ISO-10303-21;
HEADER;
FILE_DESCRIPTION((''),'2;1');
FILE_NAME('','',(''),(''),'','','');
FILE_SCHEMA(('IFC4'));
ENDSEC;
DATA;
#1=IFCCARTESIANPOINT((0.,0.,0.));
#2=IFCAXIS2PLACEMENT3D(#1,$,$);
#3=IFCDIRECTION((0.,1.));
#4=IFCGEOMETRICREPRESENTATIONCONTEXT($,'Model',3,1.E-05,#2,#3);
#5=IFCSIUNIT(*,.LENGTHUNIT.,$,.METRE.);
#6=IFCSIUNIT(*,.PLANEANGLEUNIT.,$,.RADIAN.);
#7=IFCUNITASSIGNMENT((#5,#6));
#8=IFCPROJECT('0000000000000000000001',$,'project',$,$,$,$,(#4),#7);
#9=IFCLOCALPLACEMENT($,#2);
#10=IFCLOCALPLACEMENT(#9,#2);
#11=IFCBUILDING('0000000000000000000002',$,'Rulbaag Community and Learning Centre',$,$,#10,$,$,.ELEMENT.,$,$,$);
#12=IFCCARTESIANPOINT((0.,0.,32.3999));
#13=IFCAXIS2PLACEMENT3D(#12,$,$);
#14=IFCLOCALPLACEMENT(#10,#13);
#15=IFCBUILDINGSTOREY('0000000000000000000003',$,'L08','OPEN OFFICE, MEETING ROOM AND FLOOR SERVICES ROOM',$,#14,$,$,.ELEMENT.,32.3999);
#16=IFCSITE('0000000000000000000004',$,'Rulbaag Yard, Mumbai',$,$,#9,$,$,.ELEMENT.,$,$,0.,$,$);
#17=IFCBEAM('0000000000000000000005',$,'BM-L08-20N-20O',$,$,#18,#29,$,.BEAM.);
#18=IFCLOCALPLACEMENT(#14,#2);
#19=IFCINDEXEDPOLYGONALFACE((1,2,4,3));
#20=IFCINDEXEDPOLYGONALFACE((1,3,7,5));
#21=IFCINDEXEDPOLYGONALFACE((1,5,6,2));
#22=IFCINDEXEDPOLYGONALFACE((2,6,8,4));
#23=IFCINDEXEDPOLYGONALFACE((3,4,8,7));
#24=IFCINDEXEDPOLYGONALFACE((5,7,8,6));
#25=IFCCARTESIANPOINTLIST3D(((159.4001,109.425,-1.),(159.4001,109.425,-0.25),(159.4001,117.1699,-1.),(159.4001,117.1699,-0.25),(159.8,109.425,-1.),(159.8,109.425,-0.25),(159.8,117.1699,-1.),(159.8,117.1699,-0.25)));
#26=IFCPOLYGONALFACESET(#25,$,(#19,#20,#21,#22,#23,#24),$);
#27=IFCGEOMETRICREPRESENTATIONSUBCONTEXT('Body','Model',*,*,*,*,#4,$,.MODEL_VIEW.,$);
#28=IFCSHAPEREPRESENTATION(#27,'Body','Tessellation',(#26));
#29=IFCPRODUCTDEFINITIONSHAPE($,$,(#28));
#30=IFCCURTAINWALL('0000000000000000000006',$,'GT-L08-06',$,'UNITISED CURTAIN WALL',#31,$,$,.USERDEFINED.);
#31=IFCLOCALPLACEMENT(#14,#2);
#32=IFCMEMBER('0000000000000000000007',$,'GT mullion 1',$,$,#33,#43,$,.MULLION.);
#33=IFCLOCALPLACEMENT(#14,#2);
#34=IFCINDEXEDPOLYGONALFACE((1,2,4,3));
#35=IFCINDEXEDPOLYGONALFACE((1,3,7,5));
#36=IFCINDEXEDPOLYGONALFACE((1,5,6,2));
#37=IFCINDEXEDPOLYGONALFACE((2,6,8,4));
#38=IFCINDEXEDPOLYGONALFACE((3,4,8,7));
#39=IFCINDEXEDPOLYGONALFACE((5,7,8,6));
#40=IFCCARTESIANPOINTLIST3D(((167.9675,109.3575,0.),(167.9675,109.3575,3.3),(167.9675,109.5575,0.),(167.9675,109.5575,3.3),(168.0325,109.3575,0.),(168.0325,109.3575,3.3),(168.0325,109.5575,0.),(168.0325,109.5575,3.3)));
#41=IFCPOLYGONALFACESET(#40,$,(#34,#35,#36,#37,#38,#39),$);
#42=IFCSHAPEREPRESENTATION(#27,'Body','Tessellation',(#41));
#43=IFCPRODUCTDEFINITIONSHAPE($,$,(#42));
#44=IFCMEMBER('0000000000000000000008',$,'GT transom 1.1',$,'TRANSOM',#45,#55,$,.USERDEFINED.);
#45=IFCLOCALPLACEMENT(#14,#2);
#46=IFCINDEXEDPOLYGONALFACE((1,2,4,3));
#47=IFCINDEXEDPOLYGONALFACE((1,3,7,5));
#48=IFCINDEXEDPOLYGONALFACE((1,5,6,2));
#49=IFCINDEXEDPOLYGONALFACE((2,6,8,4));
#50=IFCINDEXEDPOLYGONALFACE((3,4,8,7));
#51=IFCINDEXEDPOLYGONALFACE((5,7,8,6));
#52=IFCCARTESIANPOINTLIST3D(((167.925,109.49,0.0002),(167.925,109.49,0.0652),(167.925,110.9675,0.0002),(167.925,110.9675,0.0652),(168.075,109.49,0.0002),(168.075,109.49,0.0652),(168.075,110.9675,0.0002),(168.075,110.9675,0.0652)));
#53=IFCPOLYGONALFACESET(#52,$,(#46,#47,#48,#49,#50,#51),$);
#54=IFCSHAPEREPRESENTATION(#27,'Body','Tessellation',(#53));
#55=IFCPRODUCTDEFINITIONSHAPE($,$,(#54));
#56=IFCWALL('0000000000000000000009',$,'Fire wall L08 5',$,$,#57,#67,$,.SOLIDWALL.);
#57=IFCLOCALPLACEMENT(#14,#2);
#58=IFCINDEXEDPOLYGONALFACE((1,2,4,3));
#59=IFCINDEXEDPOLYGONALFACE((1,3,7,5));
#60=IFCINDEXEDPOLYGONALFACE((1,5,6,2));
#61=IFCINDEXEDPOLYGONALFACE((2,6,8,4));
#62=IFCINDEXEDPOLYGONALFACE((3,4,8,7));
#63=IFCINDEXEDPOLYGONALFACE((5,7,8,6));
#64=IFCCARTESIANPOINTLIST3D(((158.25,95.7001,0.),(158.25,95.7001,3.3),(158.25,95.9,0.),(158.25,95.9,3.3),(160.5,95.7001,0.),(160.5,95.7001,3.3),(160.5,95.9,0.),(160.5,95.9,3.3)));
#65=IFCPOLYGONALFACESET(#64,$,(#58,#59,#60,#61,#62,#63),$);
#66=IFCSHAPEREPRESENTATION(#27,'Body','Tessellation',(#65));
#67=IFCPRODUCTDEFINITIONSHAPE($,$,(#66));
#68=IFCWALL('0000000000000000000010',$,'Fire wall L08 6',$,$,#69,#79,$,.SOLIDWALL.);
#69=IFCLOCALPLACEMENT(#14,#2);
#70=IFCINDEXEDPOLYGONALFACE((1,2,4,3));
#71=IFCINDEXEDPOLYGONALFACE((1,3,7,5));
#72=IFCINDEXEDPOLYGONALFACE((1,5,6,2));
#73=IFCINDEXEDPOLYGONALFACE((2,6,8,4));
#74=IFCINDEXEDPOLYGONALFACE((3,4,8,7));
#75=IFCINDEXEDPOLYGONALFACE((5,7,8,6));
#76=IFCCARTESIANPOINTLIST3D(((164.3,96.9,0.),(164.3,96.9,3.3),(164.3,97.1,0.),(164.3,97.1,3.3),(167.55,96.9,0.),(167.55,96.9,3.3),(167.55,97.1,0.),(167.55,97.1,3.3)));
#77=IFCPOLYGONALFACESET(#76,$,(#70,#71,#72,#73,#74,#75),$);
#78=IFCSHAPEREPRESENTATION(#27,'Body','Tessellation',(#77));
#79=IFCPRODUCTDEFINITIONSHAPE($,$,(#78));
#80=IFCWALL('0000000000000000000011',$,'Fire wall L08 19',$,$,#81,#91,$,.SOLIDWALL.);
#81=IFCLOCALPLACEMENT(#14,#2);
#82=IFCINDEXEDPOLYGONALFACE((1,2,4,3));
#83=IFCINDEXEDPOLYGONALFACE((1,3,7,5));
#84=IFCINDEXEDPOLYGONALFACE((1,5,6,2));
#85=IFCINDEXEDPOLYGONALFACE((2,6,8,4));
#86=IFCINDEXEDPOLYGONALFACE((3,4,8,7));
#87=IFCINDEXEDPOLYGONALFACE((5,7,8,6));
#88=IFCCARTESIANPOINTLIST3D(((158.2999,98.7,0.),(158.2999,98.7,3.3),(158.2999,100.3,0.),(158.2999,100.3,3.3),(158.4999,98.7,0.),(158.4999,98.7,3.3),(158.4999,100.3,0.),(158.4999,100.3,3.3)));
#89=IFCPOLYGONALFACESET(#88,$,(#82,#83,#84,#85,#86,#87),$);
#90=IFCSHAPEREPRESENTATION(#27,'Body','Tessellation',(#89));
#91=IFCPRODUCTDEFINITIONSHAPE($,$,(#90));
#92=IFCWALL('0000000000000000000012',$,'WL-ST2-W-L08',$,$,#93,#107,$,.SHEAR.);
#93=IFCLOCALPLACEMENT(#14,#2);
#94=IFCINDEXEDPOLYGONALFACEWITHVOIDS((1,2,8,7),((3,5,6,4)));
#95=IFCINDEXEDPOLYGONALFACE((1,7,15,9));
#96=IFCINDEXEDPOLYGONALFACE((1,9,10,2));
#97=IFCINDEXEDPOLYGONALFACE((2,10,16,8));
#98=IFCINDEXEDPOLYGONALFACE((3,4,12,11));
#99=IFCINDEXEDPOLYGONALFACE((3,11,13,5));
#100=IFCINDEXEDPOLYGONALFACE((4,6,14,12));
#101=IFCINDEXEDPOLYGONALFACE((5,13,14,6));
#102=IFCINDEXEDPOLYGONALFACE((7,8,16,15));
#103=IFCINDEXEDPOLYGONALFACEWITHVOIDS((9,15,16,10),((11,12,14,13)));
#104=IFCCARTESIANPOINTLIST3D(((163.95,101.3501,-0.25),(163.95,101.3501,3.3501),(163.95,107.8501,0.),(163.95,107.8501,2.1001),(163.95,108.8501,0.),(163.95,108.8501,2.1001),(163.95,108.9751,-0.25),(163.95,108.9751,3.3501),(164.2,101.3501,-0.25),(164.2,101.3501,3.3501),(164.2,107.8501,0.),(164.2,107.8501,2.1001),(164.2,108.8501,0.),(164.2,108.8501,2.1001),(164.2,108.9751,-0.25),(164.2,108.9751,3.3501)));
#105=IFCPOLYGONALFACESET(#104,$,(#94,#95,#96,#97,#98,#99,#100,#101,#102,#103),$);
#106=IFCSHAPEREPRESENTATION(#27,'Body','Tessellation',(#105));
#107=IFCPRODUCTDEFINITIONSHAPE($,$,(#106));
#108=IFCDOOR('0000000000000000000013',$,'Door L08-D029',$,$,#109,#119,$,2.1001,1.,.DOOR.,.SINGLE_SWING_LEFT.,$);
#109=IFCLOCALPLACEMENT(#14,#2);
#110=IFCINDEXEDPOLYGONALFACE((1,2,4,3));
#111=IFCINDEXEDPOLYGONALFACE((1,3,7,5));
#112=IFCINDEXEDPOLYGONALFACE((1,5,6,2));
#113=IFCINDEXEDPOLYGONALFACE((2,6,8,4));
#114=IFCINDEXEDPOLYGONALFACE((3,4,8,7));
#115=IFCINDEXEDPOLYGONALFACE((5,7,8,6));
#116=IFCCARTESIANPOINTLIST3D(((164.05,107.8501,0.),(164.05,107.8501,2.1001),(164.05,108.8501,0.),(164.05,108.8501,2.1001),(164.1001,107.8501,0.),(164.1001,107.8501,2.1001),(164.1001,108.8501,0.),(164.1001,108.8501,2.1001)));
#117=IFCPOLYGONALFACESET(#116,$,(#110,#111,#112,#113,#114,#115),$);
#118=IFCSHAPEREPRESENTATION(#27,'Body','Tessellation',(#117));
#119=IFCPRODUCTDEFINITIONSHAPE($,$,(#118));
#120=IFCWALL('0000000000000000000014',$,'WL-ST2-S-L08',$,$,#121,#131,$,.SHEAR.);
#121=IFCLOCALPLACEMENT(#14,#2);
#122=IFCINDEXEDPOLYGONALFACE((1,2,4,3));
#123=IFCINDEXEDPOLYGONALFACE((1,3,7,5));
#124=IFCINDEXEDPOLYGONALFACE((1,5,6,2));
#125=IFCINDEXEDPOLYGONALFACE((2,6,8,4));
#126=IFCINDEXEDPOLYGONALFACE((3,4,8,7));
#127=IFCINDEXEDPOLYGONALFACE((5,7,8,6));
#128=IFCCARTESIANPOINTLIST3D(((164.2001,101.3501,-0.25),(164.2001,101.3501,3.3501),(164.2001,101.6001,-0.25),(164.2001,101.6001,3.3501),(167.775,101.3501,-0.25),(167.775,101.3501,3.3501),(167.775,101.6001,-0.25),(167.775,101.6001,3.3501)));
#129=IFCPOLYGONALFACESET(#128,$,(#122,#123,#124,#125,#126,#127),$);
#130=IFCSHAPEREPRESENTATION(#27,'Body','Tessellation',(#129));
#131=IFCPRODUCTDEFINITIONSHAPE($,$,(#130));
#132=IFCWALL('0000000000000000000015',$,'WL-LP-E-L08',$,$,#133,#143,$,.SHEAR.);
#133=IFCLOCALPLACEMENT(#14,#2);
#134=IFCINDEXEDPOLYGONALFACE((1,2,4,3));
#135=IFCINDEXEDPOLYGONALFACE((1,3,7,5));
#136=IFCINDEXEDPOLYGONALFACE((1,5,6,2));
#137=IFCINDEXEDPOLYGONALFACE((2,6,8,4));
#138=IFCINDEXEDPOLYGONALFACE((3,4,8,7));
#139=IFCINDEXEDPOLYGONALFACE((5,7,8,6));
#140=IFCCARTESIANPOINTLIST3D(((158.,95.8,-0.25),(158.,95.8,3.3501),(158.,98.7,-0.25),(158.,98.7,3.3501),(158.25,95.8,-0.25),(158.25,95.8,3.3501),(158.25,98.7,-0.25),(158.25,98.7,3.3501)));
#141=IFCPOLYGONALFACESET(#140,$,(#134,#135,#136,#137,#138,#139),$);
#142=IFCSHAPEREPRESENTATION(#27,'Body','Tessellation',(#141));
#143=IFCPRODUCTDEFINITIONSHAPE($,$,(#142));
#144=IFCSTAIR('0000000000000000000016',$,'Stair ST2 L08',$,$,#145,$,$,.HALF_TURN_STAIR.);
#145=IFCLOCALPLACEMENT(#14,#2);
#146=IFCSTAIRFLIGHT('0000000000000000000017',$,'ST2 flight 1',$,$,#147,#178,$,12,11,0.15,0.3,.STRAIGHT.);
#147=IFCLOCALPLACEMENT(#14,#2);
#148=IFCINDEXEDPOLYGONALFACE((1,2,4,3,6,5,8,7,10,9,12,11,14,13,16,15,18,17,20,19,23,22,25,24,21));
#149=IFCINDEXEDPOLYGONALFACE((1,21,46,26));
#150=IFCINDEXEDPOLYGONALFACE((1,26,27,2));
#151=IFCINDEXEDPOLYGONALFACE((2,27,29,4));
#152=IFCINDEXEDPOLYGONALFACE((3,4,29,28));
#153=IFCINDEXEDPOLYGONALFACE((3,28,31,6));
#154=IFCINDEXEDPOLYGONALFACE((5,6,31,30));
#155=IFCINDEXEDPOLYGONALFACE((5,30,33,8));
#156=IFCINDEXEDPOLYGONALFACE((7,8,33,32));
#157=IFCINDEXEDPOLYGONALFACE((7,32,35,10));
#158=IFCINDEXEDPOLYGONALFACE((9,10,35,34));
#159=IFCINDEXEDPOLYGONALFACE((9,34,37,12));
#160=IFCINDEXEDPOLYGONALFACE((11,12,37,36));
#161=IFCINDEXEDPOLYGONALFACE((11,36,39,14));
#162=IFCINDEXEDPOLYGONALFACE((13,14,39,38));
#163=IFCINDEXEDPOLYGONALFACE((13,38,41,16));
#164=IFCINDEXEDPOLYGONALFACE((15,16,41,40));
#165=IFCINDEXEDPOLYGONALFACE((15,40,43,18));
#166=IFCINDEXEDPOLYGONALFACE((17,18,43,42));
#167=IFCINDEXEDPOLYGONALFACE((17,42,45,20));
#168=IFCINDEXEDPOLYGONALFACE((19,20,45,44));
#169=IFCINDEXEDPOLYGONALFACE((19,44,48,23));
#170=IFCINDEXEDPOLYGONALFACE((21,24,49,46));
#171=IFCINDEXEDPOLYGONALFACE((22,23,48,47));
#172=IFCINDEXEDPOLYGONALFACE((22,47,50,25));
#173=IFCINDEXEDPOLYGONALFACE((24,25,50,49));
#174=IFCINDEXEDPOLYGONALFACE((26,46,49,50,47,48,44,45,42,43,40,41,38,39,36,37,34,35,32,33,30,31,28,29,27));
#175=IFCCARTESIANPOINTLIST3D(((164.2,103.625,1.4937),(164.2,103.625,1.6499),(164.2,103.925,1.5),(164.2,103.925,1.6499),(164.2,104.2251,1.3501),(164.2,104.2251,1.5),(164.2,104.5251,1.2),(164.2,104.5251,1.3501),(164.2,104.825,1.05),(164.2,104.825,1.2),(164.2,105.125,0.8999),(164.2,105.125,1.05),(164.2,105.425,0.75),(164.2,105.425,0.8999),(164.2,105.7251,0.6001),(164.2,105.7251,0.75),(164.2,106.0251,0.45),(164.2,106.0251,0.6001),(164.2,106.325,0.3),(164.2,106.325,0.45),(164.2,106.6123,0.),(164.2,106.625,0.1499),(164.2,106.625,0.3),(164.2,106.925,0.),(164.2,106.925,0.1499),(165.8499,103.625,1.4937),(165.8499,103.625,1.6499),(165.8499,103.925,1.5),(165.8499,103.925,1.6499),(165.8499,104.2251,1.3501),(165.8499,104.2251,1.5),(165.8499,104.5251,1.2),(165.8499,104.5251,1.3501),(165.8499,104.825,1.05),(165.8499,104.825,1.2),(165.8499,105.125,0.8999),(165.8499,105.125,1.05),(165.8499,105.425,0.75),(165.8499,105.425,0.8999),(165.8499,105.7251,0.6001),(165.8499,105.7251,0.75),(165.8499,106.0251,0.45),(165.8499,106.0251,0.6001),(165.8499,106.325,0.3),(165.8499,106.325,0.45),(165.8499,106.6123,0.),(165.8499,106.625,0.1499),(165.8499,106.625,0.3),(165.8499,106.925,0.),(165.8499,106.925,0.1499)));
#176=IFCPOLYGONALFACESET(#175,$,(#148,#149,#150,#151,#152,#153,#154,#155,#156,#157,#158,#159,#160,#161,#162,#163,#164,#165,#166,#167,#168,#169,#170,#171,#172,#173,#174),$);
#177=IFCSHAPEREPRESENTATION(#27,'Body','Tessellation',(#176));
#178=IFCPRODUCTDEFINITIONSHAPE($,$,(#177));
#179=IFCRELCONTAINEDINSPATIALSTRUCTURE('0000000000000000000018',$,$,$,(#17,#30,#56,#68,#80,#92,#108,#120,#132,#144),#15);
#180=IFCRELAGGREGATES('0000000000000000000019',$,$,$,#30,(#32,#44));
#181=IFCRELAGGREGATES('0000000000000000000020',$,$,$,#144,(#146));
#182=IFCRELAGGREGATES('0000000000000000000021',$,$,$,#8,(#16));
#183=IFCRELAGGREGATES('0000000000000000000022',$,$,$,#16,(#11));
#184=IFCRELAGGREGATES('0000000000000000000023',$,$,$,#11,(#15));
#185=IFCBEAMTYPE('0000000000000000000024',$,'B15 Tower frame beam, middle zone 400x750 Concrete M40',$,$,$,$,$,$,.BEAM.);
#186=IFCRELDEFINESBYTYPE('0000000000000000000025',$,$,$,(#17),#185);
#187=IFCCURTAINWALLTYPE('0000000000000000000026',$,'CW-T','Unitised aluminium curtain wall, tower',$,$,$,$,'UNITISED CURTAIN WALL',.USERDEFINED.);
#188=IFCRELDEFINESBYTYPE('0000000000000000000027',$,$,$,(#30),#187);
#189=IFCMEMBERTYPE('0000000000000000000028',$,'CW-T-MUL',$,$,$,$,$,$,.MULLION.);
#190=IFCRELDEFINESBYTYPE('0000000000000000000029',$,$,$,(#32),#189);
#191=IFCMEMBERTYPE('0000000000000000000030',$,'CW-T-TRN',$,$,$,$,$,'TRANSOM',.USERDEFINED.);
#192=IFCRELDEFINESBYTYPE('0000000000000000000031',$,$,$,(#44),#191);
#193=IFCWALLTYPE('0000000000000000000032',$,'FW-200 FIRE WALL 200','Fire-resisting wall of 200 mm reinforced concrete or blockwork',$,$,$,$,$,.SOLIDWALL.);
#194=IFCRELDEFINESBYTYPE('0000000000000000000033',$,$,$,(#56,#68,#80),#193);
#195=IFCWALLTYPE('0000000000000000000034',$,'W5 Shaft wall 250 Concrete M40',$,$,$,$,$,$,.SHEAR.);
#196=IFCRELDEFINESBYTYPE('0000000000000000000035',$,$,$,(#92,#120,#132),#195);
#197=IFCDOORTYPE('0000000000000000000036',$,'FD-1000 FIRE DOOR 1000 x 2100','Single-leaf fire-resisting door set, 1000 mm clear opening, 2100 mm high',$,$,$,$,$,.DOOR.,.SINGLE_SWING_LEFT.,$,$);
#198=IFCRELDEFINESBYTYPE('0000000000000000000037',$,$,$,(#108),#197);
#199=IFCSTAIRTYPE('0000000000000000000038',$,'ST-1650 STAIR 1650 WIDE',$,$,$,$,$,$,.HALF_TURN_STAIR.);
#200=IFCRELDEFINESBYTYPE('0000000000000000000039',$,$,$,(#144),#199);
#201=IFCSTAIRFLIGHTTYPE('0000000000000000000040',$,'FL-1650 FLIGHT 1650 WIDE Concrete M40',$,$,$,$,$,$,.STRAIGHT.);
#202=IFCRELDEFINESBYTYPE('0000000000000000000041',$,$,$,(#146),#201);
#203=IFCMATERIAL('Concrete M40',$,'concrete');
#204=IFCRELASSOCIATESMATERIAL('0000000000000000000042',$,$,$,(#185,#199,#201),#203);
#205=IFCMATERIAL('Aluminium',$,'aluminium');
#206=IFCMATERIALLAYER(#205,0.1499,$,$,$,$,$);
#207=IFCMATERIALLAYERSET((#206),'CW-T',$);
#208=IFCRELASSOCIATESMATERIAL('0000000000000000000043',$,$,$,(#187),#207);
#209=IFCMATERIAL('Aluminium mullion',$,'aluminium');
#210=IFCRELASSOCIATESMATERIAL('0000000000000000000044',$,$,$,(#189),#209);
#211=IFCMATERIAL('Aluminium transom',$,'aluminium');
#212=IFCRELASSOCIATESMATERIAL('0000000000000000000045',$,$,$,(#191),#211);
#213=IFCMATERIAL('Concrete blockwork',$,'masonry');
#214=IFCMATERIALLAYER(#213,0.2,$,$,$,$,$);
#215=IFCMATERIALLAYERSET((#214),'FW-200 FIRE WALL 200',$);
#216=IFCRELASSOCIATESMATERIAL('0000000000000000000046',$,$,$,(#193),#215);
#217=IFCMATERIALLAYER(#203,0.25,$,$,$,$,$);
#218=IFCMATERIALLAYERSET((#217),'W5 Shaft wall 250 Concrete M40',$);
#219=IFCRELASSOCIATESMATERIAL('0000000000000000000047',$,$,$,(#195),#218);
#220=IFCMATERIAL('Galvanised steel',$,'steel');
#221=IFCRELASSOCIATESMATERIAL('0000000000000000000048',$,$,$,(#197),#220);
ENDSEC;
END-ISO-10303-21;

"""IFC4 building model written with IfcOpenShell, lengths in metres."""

from ifc_helpers import new_model, si_unit, direction, frame, frame_2d, origin, origin_2d, place, context, subcontext, project, spatial, polyline, rectangle, outline, extrude, material, layer, layer_set, material_profile, profile_set, type_object, element, fill, aggregate, save


model = new_model("IFC4")

# Units and contexts
model_context = context("Model", 3, precision=1e-05, world=origin(), true_north=direction((0.0, 1.0)))
body_context = subcontext(model_context, "Body", "Model", "MODEL_VIEW")
ifc_project = project(units=[si_unit("LENGTHUNIT", "METRE"), si_unit("PLANEANGLEUNIT", "RADIAN")], contexts=[model_context])

# Site, building, storey
site_placement = place(None, origin())
site = spatial("IfcSite", under=ifc_project, at=site_placement, Name="Rulbaag Yard, Mumbai", CompositionType="ELEMENT", RefElevation=0.0)
building_placement = place(site_placement, origin())
building = spatial("IfcBuilding", under=site, at=building_placement, Name="Rulbaag Community and Learning Centre", CompositionType="ELEMENT")
storey_placement = place(building_placement, frame((0.0, 0.0, 32.3999)))
storey = spatial("IfcBuildingStorey", under=building, at=storey_placement, Name="L08", Description="OPEN OFFICE, MEETING ROOM AND FLOOR SERVICES ROOM", CompositionType="ELEMENT", Elevation=32.3999)

# Beam
ifc_material_1 = material(Name="Concrete M40", Category="concrete")
ifc_material_profile_1 = material_profile(ifc_material_1, rectangle(XDim=0.3999, YDim=0.75, at=origin_2d()), Name="RB400x750")
ifc_profile_set_1 = profile_set([ifc_material_profile_1], Name="Concrete M40")
beam_type = type_object("IfcBeamType", Name="B15 Tower frame beam, middle zone 400x750 Concrete M40", PredefinedType="BEAM", material=ifc_profile_set_1)
beam_placement = place(storey_placement, frame((159.6001, 109.425, -0.625), z_axis=(0.0, 1.0, 0.0), x_axis=(-1.0, 0.0, 0.0)))
element("IfcBeam", 1, at=beam_placement, inside=storey, type_object=beam_type, Name="BM-L08-20N-20O", PredefinedType="BEAM", context=body_context, shape_type="SweptSolid", body=[
    extrude(rectangle(XDim=0.3999, YDim=0.75, at=origin_2d()), origin(), (0.0, 0.0, 1.0), 7.7449),
])

# Curtain wall, members
ifc_material_2 = material(Name="Aluminium", Category="aluminium")
ifc_layer_1 = layer(ifc_material_2, 0.1499)
ifc_layer_set_1 = layer_set([ifc_layer_1], Name="CW-T")
curtain_wall_type = type_object("IfcCurtainWallType", Name="CW-T", Description="Unitised aluminium curtain wall, tower", ElementType="UNITISED CURTAIN WALL", PredefinedType="USERDEFINED", material=ifc_layer_set_1)
curtain_wall_placement = place(storey_placement, origin())
curtain_wall = element("IfcCurtainWall", 2, at=curtain_wall_placement, inside=storey, type_object=curtain_wall_type, Name="GT-L08-06", ObjectType="UNITISED CURTAIN WALL", PredefinedType="USERDEFINED")
ifc_material_3 = material(Name="Aluminium mullion", Category="aluminium")
ifc_material_profile_2 = material_profile(ifc_material_3, rectangle(XDim=0.0649, YDim=0.2, at=origin_2d()), Name="AL 65x200")
ifc_profile_set_2 = profile_set([ifc_material_profile_2], Name="Aluminium mullion")
member_type_1 = type_object("IfcMemberType", Name="CW-T-MUL", PredefinedType="MULLION", material=ifc_profile_set_2)
member_1_placement = place(storey_placement, frame((168.0, 109.4575, 0.0), z_axis=(0.0, 0.0, 1.0), x_axis=(-1.0, 0.0, 0.0)))
member_1 = element("IfcMember", 3, at=member_1_placement, type_object=member_type_1, Name="GT mullion 1", PredefinedType="MULLION", context=body_context, shape_type="SweptSolid", body=[
    extrude(rectangle(XDim=0.0649, YDim=0.2, at=origin_2d()), origin(), (0.0, 0.0, 1.0), 3.3),
])
ifc_material_4 = material(Name="Aluminium transom", Category="aluminium")
ifc_material_profile_3 = material_profile(ifc_material_4, rectangle(XDim=0.1499, YDim=0.0649, at=origin_2d()), Name="AL 65x150 T")
ifc_profile_set_3 = profile_set([ifc_material_profile_3], Name="Aluminium transom")
member_type_2 = type_object("IfcMemberType", Name="CW-T-TRN", ElementType="TRANSOM", PredefinedType="USERDEFINED", material=ifc_profile_set_3)
member_2_placement = place(storey_placement, frame((168.0, 109.49, 0.0327), z_axis=(0.0, 1.0, 0.0), x_axis=(-1.0, 0.0, 0.0)))
member_2 = element("IfcMember", 4, at=member_2_placement, type_object=member_type_2, Name="GT transom 1.1", ObjectType="TRANSOM", PredefinedType="USERDEFINED", context=body_context, shape_type="SweptSolid", body=[
    extrude(rectangle(XDim=0.1499, YDim=0.0649, at=origin_2d()), origin(), (0.0, 0.0, 1.0), 1.4775),
])
aggregate(curtain_wall, [member_1, member_2])

# Walls
ifc_material_5 = material(Name="Concrete blockwork", Category="masonry")
ifc_layer_2 = layer(ifc_material_5, 0.2)
ifc_layer_set_2 = layer_set([ifc_layer_2], Name="FW-200 FIRE WALL 200")
wall_type_1 = type_object("IfcWallType", Name="FW-200 FIRE WALL 200", Description="Fire-resisting wall of 200 mm reinforced concrete or blockwork", PredefinedType="SOLIDWALL", material=ifc_layer_set_2)
wall_1_placement = place(storey_placement, frame((158.25, 95.8, 0.0), z_axis=(0.0, 0.0, 1.0), x_axis=(1.0, 0.0, 0.0)))
element("IfcWall", 5, at=wall_1_placement, inside=storey, type_object=wall_type_1, Name="Fire wall L08 5", PredefinedType="SOLIDWALL", context=body_context, shape_type="SweptSolid", body=[
    extrude(rectangle(XDim=2.25, YDim=0.2, at=frame_2d((1.125, 0.0))), origin(), (0.0, 0.0, 1.0), 3.3),
])
wall_2_placement = place(storey_placement, frame((164.3, 97.0, 0.0), z_axis=(0.0, 0.0, 1.0), x_axis=(1.0, 0.0, 0.0)))
element("IfcWall", 6, at=wall_2_placement, inside=storey, type_object=wall_type_1, Name="Fire wall L08 6", PredefinedType="SOLIDWALL", context=body_context, shape_type="SweptSolid", body=[
    extrude(rectangle(XDim=3.25, YDim=0.2, at=frame_2d((1.625, 0.0))), origin(), (0.0, 0.0, 1.0), 3.3),
])
wall_3_placement = place(storey_placement, frame((158.3999, 98.7, 0.0), z_axis=(0.0, 0.0, 1.0), x_axis=(0.0, 1.0, 0.0)))
element("IfcWall", 7, at=wall_3_placement, inside=storey, type_object=wall_type_1, Name="Fire wall L08 19", PredefinedType="SOLIDWALL", context=body_context, shape_type="SweptSolid", body=[
    extrude(rectangle(XDim=1.6001, YDim=0.2, at=frame_2d((0.8, 0.0))), origin(), (0.0, 0.0, 1.0), 3.3),
])

# Wall, opening, door
ifc_layer_3 = layer(ifc_material_1, 0.25)
ifc_layer_set_3 = layer_set([ifc_layer_3], Name="W5 Shaft wall 250 Concrete M40")
wall_type_2 = type_object("IfcWallType", Name="W5 Shaft wall 250 Concrete M40", PredefinedType="SHEAR", material=ifc_layer_set_3)
wall_4_placement = place(storey_placement, frame((164.075, 101.3501, -0.25), z_axis=(0.0, 0.0, 1.0), x_axis=(0.0, 1.0, 0.0)))
wall_4 = element("IfcWall", 8, at=wall_4_placement, inside=storey, type_object=wall_type_2, Name="WL-ST2-W-L08", PredefinedType="SHEAR", context=body_context, shape_type="SweptSolid", body=[
    extrude(rectangle(XDim=7.625, YDim=0.25, at=frame_2d((3.8125, 0.0))), origin(), (0.0, 0.0, 1.0), 3.6001),
])
opening_placement = place(wall_4_placement, frame((6.5, 0.0, 0.25)))
opening = element("IfcOpeningElement", 9, at=opening_placement, cuts=wall_4, PredefinedType="OPENING", context=body_context, shape_type="SweptSolid", body=[
    extrude(rectangle(XDim=1.0, YDim=2.1001, at=frame_2d((0.5, 1.05))), frame((0.0, 0.135, 0.0), z_axis=(0.0, -1.0, 0.0), x_axis=(1.0, 0.0, 0.0)), (0.0, 0.0, 1.0), 0.27),
])
ifc_material_6 = material(Name="Galvanised steel", Category="steel")
door_type = type_object("IfcDoorType", Name="FD-1000 FIRE DOOR 1000 x 2100", Description="Single-leaf fire-resisting door set, 1000 mm clear opening, 2100 mm high", OperationType="SINGLE_SWING_LEFT", PredefinedType="DOOR", material=ifc_material_6)
door_placement = place(opening_placement, origin())
door = element("IfcDoor", 10, at=door_placement, inside=storey, type_object=door_type, Name="Door L08-D029", OperationType="SINGLE_SWING_LEFT", OverallHeight=2.1001, OverallWidth=1.0, PredefinedType="DOOR", context=body_context, shape_type="SweptSolid", body=[
    extrude(rectangle(XDim=1.0, YDim=2.1001, at=frame_2d((0.5, 1.05))), frame((0.0, 0.0249, 0.0), z_axis=(0.0, -1.0, 0.0), x_axis=(1.0, 0.0, 0.0)), (0.0, 0.0, 1.0), 0.05),
])
fill(opening, door)

# Walls
wall_5_placement = place(storey_placement, frame((164.2, 101.4751, -0.25), z_axis=(0.0, 0.0, 1.0), x_axis=(1.0, 0.0, 0.0)))
element("IfcWall", 11, at=wall_5_placement, inside=storey, type_object=wall_type_2, Name="WL-ST2-S-L08", PredefinedType="SHEAR", context=body_context, shape_type="SweptSolid", body=[
    extrude(rectangle(XDim=3.575, YDim=0.25, at=frame_2d((1.7876, 0.0))), origin(), (0.0, 0.0, 1.0), 3.6001),
])
wall_6_placement = place(storey_placement, frame((158.125, 95.8, -0.25), z_axis=(0.0, 0.0, 1.0), x_axis=(0.0, 1.0, 0.0)))
element("IfcWall", 12, at=wall_6_placement, inside=storey, type_object=wall_type_2, Name="WL-LP-E-L08", PredefinedType="SHEAR", context=body_context, shape_type="SweptSolid", body=[
    extrude(rectangle(XDim=2.8999, YDim=0.25, at=frame_2d((1.45, 0.0))), origin(), (0.0, 0.0, 1.0), 3.6001),
])

# Stair, stair flight
stair_type = type_object("IfcStairType", Name="ST-1650 STAIR 1650 WIDE", PredefinedType="HALF_TURN_STAIR", material=ifc_material_1)
stair_placement = place(storey_placement, origin())
stair = element("IfcStair", 13, at=stair_placement, inside=storey, type_object=stair_type, Name="Stair ST2 L08", PredefinedType="HALF_TURN_STAIR")
stair_flight_type = type_object("IfcStairFlightType", Name="FL-1650 FLIGHT 1650 WIDE Concrete M40", PredefinedType="STRAIGHT", material=ifc_material_1)
stair_flight_1_placement = place(storey_placement, frame((165.0249, 106.925, 0.0), z_axis=(0.0, 0.0, 1.0), x_axis=(0.0, -1.0, 0.0)))
stair_flight_1 = element("IfcStairFlight", 14, at=stair_flight_1_placement, type_object=stair_flight_type, Name="ST2 flight 1", NumberOfRisers=12, NumberOfTreads=11, PredefinedType="STRAIGHT", RiserHeight=0.15, TreadLength=0.3, context=body_context, shape_type="SweptSolid", body=[
    extrude(outline(polyline([(0.0, 0.0), (0.0, 0.1499), (0.3, 0.1499), (0.3, 0.3), (0.6001, 0.3), (0.6001, 0.45), (0.8999, 0.45), (0.8999, 0.6001), (1.2, 0.6001), (1.2, 0.75), (1.5, 0.75), (1.5, 0.8999), (1.8, 0.8999), (1.8, 1.05), (2.1001, 1.05), (2.1001, 1.2), (2.3999, 1.2), (2.3999, 1.3501), (2.7, 1.3501), (2.7, 1.5), (3.0, 1.5), (3.0, 1.6499), (3.3, 1.6499), (3.3, 1.4937), (0.3127, 0.0), (0.0, 0.0)])), frame((0.0, 0.825, 0.0), z_axis=(0.0, -1.0, 0.0), x_axis=(1.0, 0.0, 0.0)), (0.0, 0.0, 1.0), 1.6499),
])
aggregate(stair, [stair_flight_1])

save(model, "model.ifc")
